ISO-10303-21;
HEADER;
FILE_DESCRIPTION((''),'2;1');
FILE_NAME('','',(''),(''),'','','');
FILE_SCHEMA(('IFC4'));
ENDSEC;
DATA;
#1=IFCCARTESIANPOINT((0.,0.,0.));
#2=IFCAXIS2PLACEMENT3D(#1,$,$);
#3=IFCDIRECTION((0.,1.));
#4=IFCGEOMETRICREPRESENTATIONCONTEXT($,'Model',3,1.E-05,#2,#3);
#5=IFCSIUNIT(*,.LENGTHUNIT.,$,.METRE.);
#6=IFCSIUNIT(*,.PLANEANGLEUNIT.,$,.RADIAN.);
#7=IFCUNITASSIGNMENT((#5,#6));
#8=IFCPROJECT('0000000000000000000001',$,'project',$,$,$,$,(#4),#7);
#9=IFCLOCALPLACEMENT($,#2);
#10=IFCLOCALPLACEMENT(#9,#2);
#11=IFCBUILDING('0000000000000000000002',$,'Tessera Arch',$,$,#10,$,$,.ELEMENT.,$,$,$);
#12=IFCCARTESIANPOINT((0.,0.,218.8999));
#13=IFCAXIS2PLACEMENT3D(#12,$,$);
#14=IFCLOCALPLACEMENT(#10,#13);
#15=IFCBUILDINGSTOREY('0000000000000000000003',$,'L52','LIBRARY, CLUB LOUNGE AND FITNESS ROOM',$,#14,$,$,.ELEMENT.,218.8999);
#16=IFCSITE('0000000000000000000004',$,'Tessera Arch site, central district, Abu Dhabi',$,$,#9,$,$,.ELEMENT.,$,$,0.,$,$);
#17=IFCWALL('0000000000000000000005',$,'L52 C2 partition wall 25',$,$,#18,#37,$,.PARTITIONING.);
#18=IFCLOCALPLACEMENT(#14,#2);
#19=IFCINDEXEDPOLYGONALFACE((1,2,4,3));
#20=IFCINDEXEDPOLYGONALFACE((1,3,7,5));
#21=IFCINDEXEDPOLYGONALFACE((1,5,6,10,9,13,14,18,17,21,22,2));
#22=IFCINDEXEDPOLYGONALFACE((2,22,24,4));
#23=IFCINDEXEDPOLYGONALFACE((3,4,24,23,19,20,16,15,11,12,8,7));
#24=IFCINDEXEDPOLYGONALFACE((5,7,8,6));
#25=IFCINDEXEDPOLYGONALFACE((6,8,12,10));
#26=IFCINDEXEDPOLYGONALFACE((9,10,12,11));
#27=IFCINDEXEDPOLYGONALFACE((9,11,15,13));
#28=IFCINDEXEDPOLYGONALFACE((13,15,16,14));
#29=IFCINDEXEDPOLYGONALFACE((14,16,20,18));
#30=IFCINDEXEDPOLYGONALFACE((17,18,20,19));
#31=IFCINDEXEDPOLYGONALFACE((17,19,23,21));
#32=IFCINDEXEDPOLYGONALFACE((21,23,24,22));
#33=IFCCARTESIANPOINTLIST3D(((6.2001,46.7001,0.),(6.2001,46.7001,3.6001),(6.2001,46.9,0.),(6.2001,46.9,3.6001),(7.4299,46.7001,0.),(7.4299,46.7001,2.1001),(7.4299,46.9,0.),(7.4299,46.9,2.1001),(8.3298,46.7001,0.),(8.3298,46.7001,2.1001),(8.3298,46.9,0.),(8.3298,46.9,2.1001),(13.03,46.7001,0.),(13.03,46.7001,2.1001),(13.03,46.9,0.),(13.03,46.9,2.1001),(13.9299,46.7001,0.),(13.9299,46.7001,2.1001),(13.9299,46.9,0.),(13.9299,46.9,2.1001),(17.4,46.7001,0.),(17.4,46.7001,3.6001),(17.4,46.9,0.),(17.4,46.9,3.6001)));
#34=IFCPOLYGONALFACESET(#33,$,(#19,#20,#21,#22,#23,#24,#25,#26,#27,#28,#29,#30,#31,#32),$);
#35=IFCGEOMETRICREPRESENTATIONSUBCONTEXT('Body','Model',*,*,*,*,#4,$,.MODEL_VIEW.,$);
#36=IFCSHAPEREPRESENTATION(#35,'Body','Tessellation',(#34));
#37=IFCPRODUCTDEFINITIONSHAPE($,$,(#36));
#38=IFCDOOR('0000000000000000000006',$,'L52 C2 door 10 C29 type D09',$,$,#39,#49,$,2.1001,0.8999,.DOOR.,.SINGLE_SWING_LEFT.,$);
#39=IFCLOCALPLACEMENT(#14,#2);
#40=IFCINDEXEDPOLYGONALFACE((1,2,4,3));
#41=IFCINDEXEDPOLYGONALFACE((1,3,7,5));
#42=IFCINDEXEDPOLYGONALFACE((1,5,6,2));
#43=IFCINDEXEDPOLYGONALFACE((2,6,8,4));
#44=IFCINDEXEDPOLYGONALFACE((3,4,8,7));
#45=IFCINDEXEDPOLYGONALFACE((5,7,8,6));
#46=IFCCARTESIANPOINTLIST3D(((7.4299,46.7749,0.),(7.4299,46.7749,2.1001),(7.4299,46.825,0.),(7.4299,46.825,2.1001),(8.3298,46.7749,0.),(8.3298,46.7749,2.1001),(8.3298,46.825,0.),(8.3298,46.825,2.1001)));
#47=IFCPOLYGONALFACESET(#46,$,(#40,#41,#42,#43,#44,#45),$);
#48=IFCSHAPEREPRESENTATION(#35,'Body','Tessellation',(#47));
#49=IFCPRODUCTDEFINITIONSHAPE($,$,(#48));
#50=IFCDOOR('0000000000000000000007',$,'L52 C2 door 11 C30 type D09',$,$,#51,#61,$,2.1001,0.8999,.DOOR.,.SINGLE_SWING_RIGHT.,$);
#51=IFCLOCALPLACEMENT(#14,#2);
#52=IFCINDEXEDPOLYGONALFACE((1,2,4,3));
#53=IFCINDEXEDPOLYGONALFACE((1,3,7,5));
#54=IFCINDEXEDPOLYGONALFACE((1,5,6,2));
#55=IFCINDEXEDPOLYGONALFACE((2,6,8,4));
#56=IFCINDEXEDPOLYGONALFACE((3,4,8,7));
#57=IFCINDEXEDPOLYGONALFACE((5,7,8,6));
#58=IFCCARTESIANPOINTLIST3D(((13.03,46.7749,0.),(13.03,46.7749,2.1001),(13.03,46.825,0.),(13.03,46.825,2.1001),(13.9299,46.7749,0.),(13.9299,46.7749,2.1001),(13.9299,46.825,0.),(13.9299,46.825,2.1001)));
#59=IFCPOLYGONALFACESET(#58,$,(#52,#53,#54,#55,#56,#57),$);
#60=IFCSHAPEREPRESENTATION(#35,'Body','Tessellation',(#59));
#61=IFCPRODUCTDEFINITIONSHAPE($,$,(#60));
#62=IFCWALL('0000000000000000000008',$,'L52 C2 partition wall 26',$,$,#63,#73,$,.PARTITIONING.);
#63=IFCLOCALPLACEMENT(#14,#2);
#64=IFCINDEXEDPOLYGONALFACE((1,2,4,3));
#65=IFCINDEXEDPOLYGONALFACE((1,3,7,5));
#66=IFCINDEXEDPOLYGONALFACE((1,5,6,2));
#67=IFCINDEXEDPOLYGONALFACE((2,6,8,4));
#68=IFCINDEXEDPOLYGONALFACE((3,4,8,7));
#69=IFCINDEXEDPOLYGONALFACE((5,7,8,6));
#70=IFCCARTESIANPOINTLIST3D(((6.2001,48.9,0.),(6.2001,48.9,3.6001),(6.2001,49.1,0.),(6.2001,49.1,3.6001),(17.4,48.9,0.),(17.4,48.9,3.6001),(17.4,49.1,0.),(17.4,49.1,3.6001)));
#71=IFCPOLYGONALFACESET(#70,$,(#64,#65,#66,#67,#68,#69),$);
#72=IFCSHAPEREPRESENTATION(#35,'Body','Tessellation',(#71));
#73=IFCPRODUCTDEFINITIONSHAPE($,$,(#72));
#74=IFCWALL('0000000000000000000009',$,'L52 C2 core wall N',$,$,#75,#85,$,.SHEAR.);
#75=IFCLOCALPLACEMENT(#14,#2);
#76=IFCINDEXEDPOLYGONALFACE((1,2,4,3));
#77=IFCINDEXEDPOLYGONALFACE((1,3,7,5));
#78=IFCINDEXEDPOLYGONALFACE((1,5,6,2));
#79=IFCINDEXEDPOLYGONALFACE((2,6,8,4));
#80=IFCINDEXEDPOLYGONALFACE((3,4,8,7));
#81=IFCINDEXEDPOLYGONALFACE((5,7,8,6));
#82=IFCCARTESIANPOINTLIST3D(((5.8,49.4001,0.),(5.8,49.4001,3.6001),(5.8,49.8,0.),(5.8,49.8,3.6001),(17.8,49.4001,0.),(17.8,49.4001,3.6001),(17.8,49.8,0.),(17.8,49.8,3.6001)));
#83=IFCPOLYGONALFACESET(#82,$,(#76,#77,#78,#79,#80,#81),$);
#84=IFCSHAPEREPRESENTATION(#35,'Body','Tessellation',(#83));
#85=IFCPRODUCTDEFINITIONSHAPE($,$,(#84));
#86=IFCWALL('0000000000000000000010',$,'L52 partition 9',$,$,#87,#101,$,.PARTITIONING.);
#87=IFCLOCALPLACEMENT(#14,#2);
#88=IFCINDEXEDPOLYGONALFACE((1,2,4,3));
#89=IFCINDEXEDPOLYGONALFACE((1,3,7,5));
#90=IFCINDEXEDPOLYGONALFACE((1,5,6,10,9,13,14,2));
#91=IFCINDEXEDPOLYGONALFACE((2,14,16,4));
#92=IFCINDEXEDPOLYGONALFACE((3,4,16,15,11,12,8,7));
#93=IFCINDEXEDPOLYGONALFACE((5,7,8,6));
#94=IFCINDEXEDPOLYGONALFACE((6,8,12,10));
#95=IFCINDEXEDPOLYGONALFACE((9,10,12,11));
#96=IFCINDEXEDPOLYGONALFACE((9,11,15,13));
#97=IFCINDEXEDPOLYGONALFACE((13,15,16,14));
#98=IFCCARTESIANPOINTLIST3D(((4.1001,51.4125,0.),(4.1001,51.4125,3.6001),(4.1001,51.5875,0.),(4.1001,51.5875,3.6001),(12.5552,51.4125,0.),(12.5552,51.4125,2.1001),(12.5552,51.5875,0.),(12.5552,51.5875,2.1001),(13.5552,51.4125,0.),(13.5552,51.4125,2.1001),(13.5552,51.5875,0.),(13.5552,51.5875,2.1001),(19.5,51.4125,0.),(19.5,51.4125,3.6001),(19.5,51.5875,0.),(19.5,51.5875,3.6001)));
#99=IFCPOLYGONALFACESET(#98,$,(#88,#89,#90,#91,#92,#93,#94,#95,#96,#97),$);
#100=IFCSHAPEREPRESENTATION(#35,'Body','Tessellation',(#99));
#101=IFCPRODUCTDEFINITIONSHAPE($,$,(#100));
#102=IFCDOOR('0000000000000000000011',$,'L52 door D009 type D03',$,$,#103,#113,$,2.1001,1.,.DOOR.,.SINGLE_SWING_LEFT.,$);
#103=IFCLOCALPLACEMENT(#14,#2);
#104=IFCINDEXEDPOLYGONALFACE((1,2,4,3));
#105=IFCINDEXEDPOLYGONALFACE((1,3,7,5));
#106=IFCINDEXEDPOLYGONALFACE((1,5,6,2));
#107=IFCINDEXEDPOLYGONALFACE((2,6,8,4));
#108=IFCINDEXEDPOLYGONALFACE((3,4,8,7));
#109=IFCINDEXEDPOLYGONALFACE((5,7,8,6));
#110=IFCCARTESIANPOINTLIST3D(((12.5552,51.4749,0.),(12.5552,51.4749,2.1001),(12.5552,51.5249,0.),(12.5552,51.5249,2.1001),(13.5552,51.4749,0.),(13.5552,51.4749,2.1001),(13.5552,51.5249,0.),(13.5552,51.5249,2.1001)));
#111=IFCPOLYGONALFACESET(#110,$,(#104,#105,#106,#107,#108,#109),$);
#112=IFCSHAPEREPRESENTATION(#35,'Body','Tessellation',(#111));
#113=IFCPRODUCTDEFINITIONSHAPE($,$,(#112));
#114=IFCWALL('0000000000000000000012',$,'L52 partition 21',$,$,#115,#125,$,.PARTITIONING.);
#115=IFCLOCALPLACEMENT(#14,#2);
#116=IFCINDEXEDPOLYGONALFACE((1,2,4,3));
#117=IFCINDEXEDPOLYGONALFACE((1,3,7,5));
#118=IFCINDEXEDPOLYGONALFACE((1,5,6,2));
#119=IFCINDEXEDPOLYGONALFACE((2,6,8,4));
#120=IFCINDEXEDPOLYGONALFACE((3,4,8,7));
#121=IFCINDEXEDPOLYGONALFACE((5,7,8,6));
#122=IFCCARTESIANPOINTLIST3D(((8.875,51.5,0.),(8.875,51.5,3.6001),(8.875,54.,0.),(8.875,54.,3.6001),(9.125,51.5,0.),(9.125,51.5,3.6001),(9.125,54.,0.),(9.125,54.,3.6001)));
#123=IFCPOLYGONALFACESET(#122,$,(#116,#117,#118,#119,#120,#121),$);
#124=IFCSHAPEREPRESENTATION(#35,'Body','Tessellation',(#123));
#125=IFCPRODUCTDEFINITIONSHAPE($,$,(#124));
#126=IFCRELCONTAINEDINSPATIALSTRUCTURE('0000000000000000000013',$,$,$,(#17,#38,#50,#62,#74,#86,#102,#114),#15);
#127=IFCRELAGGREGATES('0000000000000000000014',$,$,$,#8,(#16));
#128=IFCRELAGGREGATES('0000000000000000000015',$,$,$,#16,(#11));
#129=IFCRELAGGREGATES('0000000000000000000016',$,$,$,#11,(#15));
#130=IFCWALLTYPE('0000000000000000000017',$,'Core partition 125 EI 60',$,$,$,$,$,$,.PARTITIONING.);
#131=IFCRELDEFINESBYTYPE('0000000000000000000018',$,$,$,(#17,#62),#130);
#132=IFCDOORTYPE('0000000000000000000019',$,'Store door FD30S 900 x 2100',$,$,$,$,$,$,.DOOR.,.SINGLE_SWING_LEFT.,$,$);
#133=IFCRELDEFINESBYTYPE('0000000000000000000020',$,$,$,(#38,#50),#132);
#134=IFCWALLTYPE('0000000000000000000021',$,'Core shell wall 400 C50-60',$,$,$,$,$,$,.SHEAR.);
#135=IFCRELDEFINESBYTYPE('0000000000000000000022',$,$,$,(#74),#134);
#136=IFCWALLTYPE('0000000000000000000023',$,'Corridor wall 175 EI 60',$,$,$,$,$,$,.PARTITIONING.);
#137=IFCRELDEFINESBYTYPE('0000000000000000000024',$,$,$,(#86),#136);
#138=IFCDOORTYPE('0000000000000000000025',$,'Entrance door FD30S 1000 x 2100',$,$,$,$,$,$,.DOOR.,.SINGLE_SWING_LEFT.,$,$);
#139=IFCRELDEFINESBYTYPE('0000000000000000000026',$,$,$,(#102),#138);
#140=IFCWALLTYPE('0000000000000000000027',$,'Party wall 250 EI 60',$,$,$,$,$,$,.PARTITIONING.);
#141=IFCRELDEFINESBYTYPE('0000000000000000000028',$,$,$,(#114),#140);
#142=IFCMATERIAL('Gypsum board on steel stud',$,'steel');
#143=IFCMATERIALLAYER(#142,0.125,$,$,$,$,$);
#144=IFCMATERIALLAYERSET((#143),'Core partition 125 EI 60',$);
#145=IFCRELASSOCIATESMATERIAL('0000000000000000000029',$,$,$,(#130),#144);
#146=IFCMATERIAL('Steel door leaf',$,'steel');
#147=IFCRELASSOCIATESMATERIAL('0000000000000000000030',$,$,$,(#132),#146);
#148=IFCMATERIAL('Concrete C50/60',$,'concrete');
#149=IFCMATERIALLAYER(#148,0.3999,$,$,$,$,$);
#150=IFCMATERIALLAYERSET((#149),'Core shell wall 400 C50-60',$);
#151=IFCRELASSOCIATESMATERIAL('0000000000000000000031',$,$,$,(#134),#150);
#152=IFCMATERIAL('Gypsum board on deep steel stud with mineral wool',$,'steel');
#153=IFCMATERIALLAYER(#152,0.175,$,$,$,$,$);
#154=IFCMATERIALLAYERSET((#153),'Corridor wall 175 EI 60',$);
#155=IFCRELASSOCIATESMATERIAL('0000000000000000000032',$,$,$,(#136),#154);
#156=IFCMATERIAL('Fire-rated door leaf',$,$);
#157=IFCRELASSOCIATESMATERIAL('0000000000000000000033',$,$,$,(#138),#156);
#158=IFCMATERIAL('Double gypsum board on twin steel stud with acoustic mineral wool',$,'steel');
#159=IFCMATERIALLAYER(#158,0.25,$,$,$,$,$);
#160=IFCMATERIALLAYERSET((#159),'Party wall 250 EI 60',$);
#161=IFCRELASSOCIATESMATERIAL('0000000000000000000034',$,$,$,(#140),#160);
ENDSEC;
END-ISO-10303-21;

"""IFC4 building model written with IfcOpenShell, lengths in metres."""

from ifc_helpers import new_model, si_unit, direction, frame, frame_2d, origin, place, context, subcontext, project, spatial, rectangle, extrude, material, layer, layer_set, type_object, element, fill, save


model = new_model("IFC4")

# Units and contexts
model_context = context("Model", 3, precision=1e-05, world=origin(), true_north=direction((0.0, 1.0)))
body_context = subcontext(model_context, "Body", "Model", "MODEL_VIEW")
ifc_project = project(units=[si_unit("LENGTHUNIT", "METRE"), si_unit("PLANEANGLEUNIT", "RADIAN")], contexts=[model_context])

# Site, building, storey
site_placement = place(None, origin())
site = spatial("IfcSite", under=ifc_project, at=site_placement, Name="Tessera Arch site, central district, Abu Dhabi", CompositionType="ELEMENT", RefElevation=0.0)
building_placement = place(site_placement, origin())
building = spatial("IfcBuilding", under=site, at=building_placement, Name="Tessera Arch", CompositionType="ELEMENT")
storey_placement = place(building_placement, frame((0.0, 0.0, 218.8999)))
storey = spatial("IfcBuildingStorey", under=building, at=storey_placement, Name="L52", Description="LIBRARY, CLUB LOUNGE AND FITNESS ROOM", CompositionType="ELEMENT", Elevation=218.8999)

# Wall, openings, doors
ifc_material_1 = material(Name="Gypsum board on steel stud", Category="steel")
ifc_layer_1 = layer(ifc_material_1, 0.125)
ifc_layer_set_1 = layer_set([ifc_layer_1], Name="Core partition 125 EI 60")
wall_type_1 = type_object("IfcWallType", Name="Core partition 125 EI 60", PredefinedType="PARTITIONING", material=ifc_layer_set_1)
wall_1_placement = place(storey_placement, frame((6.2, 46.8, 0.0), z_axis=(0.0, 0.0, 1.0), x_axis=(1.0, 0.0, 0.0)))
wall_1 = element("IfcWall", 1, at=wall_1_placement, inside=storey, type_object=wall_type_1, Name="L52 C2 partition wall 25", PredefinedType="PARTITIONING", context=body_context, shape_type="SweptSolid", body=[
    extrude(rectangle(XDim=11.2, YDim=0.2, at=frame_2d((5.6001, 0.0))), origin(), (0.0, 0.0, 1.0), 3.6001),
])
opening_1_placement = place(wall_1_placement, frame((1.23, 0.0, 0.0)))
opening_1 = element("IfcOpeningElement", 2, at=opening_1_placement, cuts=wall_1, PredefinedType="OPENING", context=body_context, shape_type="SweptSolid", body=[
    extrude(rectangle(XDim=0.8999, YDim=2.1001, at=frame_2d((0.45, 1.05))), frame((0.0, 0.1099, 0.0), z_axis=(0.0, -1.0, 0.0), x_axis=(1.0, 0.0, 0.0)), (0.0, 0.0, 1.0), 0.22),
])
opening_2_placement = place(wall_1_placement, frame((6.8301, 0.0, 0.0)))
opening_2 = element("IfcOpeningElement", 3, at=opening_2_placement, cuts=wall_1, PredefinedType="OPENING", context=body_context, shape_type="SweptSolid", body=[
    extrude(rectangle(XDim=0.8999, YDim=2.1001, at=frame_2d((0.45, 1.05))), frame((0.0, 0.1099, 0.0), z_axis=(0.0, -1.0, 0.0), x_axis=(1.0, 0.0, 0.0)), (0.0, 0.0, 1.0), 0.22),
])
ifc_material_2 = material(Name="Steel door leaf", Category="steel")
door_type_1 = type_object("IfcDoorType", Name="Store door FD30S 900 x 2100", OperationType="SINGLE_SWING_LEFT", PredefinedType="DOOR", material=ifc_material_2)
door_1_placement = place(opening_1_placement, origin())
door_1 = element("IfcDoor", 4, at=door_1_placement, inside=storey, type_object=door_type_1, Name="L52 C2 door 10 C29 type D09", OperationType="SINGLE_SWING_LEFT", OverallHeight=2.1001, OverallWidth=0.8999, PredefinedType="DOOR", context=body_context, shape_type="SweptSolid", body=[
    extrude(rectangle(XDim=0.8999, YDim=2.1001, at=frame_2d((0.45, 1.05))), frame((0.0, 0.0249, 0.0), z_axis=(0.0, -1.0, 0.0), x_axis=(1.0, 0.0, 0.0)), (0.0, 0.0, 1.0), 0.05),
])
fill(opening_1, door_1)
door_2_placement = place(opening_2_placement, origin())
door_2 = element("IfcDoor", 5, at=door_2_placement, inside=storey, type_object=door_type_1, Name="L52 C2 door 11 C30 type D09", OperationType="SINGLE_SWING_RIGHT", OverallHeight=2.1001, OverallWidth=0.8999, PredefinedType="DOOR", context=body_context, shape_type="SweptSolid", body=[
    extrude(rectangle(XDim=0.8999, YDim=2.1001, at=frame_2d((0.45, 1.05))), frame((0.0, 0.0249, 0.0), z_axis=(0.0, -1.0, 0.0), x_axis=(1.0, 0.0, 0.0)), (0.0, 0.0, 1.0), 0.05),
])
fill(opening_2, door_2)

# Walls
wall_2_placement = place(storey_placement, frame((6.2, 49.0, 0.0), z_axis=(0.0, 0.0, 1.0), x_axis=(1.0, 0.0, 0.0)))
element("IfcWall", 6, at=wall_2_placement, inside=storey, type_object=wall_type_1, Name="L52 C2 partition wall 26", PredefinedType="PARTITIONING", context=body_context, shape_type="SweptSolid", body=[
    extrude(rectangle(XDim=11.2, YDim=0.2, at=frame_2d((5.6001, 0.0))), origin(), (0.0, 0.0, 1.0), 3.6001),
])
ifc_material_3 = material(Name="Concrete C50/60", Category="concrete")
ifc_layer_2 = layer(ifc_material_3, 0.3999)
ifc_layer_set_2 = layer_set([ifc_layer_2], Name="Core shell wall 400 C50-60")
wall_type_2 = type_object("IfcWallType", Name="Core shell wall 400 C50-60", PredefinedType="SHEAR", material=ifc_layer_set_2)
wall_3_placement = place(storey_placement, frame((5.8, 49.6001, 0.0), z_axis=(0.0, 0.0, 1.0), x_axis=(1.0, 0.0, 0.0)))
element("IfcWall", 7, at=wall_3_placement, inside=storey, type_object=wall_type_2, Name="L52 C2 core wall N", PredefinedType="SHEAR", context=body_context, shape_type="SweptSolid", body=[
    extrude(rectangle(XDim=12.0, YDim=0.3999, at=frame_2d((6.0, 0.0))), origin(), (0.0, 0.0, 1.0), 3.6001),
])

# Wall, opening, door
ifc_material_4 = material(Name="Gypsum board on deep steel stud with mineral wool", Category="steel")
ifc_layer_3 = layer(ifc_material_4, 0.175)
ifc_layer_set_3 = layer_set([ifc_layer_3], Name="Corridor wall 175 EI 60")
wall_type_3 = type_object("IfcWallType", Name="Corridor wall 175 EI 60", PredefinedType="PARTITIONING", material=ifc_layer_set_3)
wall_4_placement = place(storey_placement, frame((4.1001, 51.5, 0.0), z_axis=(0.0, 0.0, 1.0), x_axis=(1.0, 0.0, 0.0)))
wall_4 = element("IfcWall", 8, at=wall_4_placement, inside=storey, type_object=wall_type_3, Name="L52 partition 9", PredefinedType="PARTITIONING", context=body_context, shape_type="SweptSolid", body=[
    extrude(rectangle(XDim=15.3999, YDim=0.175, at=frame_2d((7.7, 0.0))), origin(), (0.0, 0.0, 1.0), 3.6001),
])
opening_3_placement = place(wall_4_placement, frame((8.4551, 0.0, 0.0)))
opening_3 = element("IfcOpeningElement", 9, at=opening_3_placement, cuts=wall_4, PredefinedType="OPENING", context=body_context, shape_type="SweptSolid", body=[
    extrude(rectangle(XDim=1.0, YDim=2.1001, at=frame_2d((0.5, 1.05))), frame((0.0, 0.0974, 0.0), z_axis=(0.0, -1.0, 0.0), x_axis=(1.0, 0.0, 0.0)), (0.0, 0.0, 1.0), 0.1951),
])
ifc_material_5 = material(Name="Fire-rated door leaf")
door_type_2 = type_object("IfcDoorType", Name="Entrance door FD30S 1000 x 2100", OperationType="SINGLE_SWING_LEFT", PredefinedType="DOOR", material=ifc_material_5)
door_3_placement = place(opening_3_placement, origin())
door_3 = element("IfcDoor", 10, at=door_3_placement, inside=storey, type_object=door_type_2, Name="L52 door D009 type D03", OperationType="SINGLE_SWING_LEFT", OverallHeight=2.1001, OverallWidth=1.0, PredefinedType="DOOR", context=body_context, shape_type="SweptSolid", body=[
    extrude(rectangle(XDim=1.0, YDim=2.1001, at=frame_2d((0.5, 1.05))), frame((0.0, 0.0249, 0.0), z_axis=(0.0, -1.0, 0.0), x_axis=(1.0, 0.0, 0.0)), (0.0, 0.0, 1.0), 0.05),
])
fill(opening_3, door_3)

# Wall
ifc_material_6 = material(Name="Double gypsum board on twin steel stud with acoustic mineral wool", Category="steel")
ifc_layer_4 = layer(ifc_material_6, 0.25)
ifc_layer_set_4 = layer_set([ifc_layer_4], Name="Party wall 250 EI 60")
wall_type_4 = type_object("IfcWallType", Name="Party wall 250 EI 60", PredefinedType="PARTITIONING", material=ifc_layer_set_4)
wall_5_placement = place(storey_placement, frame((9.0, 51.5, 0.0), z_axis=(0.0, 0.0, 1.0), x_axis=(0.0, 1.0, 0.0)))
element("IfcWall", 11, at=wall_5_placement, inside=storey, type_object=wall_type_4, Name="L52 partition 21", PredefinedType="PARTITIONING", context=body_context, shape_type="SweptSolid", body=[
    extrude(rectangle(XDim=2.5, YDim=0.25, at=frame_2d((1.25, 0.0))), origin(), (0.0, 0.0, 1.0), 3.6001),
])

save(model, "model.ifc")
